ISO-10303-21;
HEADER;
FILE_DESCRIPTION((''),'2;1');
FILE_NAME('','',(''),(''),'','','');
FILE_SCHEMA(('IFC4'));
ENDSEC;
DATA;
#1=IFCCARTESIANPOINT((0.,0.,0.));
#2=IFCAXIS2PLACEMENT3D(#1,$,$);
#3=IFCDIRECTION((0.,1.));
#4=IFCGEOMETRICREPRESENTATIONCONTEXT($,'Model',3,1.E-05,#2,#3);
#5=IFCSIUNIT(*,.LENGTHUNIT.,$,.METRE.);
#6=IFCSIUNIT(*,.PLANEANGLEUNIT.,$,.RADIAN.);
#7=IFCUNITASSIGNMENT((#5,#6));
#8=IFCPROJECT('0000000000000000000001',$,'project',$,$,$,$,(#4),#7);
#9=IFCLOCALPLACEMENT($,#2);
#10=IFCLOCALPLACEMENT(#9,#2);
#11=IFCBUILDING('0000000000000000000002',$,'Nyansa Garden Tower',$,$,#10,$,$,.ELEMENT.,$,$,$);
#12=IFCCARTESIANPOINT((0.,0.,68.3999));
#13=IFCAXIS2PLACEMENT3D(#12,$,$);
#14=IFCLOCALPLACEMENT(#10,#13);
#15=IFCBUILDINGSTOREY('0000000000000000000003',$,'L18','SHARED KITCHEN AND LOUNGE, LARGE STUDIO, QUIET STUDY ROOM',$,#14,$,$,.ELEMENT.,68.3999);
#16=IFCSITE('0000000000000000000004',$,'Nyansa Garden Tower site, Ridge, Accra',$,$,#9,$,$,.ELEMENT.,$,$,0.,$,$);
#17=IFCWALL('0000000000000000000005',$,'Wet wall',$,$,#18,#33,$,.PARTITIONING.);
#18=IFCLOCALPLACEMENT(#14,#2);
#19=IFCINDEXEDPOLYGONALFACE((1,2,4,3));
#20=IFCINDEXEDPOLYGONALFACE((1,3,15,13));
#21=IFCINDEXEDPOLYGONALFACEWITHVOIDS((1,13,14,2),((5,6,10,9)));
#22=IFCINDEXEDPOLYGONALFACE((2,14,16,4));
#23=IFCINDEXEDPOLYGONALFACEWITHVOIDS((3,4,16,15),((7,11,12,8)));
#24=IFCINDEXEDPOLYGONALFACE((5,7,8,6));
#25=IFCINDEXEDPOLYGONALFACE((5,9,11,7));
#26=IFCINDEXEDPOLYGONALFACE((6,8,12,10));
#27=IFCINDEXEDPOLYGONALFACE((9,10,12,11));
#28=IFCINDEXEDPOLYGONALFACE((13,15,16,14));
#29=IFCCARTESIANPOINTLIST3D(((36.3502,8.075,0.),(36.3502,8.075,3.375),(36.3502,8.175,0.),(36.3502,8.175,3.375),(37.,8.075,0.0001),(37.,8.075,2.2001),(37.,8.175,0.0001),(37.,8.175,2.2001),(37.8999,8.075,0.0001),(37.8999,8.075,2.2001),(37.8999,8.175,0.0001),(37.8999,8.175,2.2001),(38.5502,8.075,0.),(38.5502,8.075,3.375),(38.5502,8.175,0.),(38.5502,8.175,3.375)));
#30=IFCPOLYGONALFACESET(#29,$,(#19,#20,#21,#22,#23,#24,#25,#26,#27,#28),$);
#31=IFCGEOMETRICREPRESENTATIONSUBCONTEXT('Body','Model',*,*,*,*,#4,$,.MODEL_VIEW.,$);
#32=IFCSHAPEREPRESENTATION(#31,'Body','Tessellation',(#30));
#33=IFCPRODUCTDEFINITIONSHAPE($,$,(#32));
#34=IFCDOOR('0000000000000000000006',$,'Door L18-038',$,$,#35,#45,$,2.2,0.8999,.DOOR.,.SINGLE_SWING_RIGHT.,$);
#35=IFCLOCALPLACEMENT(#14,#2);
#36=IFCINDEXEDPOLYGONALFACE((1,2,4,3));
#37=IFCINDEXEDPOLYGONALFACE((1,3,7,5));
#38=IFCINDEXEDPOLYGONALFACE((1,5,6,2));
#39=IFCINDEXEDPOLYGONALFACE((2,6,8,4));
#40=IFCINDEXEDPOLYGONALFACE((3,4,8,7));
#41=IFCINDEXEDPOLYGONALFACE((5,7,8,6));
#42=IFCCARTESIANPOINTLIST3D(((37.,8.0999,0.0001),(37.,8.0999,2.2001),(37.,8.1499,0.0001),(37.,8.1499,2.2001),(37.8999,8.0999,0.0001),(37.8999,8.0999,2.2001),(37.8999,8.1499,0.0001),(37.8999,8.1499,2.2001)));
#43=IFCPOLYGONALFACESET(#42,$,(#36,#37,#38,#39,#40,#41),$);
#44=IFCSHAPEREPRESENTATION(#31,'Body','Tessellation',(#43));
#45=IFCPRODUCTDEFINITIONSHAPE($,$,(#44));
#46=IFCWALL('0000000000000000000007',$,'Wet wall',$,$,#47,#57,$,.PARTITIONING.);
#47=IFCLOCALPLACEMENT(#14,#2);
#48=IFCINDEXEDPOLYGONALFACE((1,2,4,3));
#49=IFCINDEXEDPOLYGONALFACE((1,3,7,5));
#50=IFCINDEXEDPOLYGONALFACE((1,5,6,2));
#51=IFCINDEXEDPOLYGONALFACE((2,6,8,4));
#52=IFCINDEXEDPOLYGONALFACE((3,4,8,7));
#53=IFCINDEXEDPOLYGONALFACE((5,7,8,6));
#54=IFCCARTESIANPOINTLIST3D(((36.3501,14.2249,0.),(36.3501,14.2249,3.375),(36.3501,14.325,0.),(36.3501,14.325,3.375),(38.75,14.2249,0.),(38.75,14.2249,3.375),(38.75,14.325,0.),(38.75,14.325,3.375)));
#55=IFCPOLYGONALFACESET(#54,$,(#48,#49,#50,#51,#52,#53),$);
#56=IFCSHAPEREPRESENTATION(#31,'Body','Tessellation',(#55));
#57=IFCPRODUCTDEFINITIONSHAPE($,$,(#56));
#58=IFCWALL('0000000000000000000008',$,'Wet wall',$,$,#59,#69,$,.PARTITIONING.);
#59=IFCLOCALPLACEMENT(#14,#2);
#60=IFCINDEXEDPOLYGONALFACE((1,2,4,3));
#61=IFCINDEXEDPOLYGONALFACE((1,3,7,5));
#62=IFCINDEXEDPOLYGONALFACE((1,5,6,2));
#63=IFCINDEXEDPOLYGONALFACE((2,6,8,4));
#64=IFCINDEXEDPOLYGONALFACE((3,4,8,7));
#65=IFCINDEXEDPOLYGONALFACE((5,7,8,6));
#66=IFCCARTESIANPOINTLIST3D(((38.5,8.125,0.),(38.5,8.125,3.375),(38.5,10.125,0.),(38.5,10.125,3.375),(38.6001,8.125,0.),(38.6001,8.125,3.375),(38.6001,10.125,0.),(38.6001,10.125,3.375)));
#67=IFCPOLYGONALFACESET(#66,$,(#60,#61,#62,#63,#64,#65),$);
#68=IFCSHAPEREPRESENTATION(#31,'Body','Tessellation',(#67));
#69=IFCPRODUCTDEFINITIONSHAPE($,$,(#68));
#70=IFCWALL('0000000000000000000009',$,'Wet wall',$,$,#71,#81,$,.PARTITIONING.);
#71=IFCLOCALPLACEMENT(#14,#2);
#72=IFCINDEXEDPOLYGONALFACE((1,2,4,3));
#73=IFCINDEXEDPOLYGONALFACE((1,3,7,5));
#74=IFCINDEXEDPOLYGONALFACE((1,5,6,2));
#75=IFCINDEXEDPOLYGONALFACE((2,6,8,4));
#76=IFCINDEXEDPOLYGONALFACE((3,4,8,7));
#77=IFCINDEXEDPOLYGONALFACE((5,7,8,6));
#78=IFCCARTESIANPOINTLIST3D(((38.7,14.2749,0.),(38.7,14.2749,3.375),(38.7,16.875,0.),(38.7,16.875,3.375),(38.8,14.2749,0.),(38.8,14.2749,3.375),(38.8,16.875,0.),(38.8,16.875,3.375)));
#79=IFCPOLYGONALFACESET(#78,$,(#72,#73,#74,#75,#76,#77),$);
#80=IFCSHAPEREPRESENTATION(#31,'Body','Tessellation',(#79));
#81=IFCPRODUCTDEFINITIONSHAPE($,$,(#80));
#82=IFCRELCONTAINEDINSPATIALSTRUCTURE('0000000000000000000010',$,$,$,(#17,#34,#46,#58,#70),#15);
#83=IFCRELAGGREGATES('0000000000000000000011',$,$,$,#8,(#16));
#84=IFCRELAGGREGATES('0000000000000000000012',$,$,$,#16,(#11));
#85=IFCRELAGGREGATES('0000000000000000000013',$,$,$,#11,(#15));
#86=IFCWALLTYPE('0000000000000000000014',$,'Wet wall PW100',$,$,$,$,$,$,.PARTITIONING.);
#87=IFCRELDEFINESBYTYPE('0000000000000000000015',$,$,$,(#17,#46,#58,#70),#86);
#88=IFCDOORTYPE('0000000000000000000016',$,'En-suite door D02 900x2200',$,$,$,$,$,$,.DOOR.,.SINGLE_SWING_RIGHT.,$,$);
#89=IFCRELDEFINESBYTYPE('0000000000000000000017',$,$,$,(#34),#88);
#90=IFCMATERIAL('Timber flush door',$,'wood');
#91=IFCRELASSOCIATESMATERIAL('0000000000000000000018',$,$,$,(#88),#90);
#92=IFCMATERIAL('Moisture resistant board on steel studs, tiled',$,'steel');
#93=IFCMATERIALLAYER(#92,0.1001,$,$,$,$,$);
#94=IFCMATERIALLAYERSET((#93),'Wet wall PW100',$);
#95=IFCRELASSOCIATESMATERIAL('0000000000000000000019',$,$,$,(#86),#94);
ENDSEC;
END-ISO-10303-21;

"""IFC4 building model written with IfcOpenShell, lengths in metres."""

from ifc_helpers import new_model, si_unit, direction, frame, frame_2d, origin, place, context, subcontext, project, spatial, rectangle, extrude, material, layer, layer_set, type_object, element, fill, save


model = new_model("IFC4")

# Units and contexts
model_context = context("Model", 3, precision=1e-05, world=origin(), true_north=direction((0.0, 1.0)))
body_context = subcontext(model_context, "Body", "Model", "MODEL_VIEW")
ifc_project = project(units=[si_unit("LENGTHUNIT", "METRE"), si_unit("PLANEANGLEUNIT", "RADIAN")], contexts=[model_context])

# Site, building, storey
site_placement = place(None, origin())
site = spatial("IfcSite", under=ifc_project, at=site_placement, Name="Nyansa Garden Tower site, Ridge, Accra", CompositionType="ELEMENT", RefElevation=0.0)
building_placement = place(site_placement, origin())
building = spatial("IfcBuilding", under=site, at=building_placement, Name="Nyansa Garden Tower", CompositionType="ELEMENT")
storey_placement = place(building_placement, frame((0.0, 0.0, 68.3999)))
storey = spatial("IfcBuildingStorey", under=building, at=storey_placement, Name="L18", Description="SHARED KITCHEN AND LOUNGE, LARGE STUDIO, QUIET STUDY ROOM", CompositionType="ELEMENT", Elevation=68.3999)

# Shared definitions
ifc_material_1 = material(Name="Timber flush door", Category="wood")
door_type_1 = type_object("IfcDoorType", Name="En-suite door D02 900x2200", OperationType="SINGLE_SWING_RIGHT", PredefinedType="DOOR", material=ifc_material_1)

# Wall, opening, door
ifc_material_2 = material(Name="Moisture resistant board on steel studs, tiled", Category="steel")
ifc_layer_1 = layer(ifc_material_2, 0.1001)
ifc_layer_set_1 = layer_set([ifc_layer_1], Name="Wet wall PW100")
wall_type_1 = type_object("IfcWallType", Name="Wet wall PW100", PredefinedType="PARTITIONING", material=ifc_layer_set_1)
wall_1_placement = place(storey_placement, frame((36.3501, 8.125, 0.0), z_axis=(0.0, 0.0, 1.0), x_axis=(1.0, 0.0, 0.0)))
wall_1 = element("IfcWall", 1, at=wall_1_placement, inside=storey, type_object=wall_type_1, Name="Wet wall", PredefinedType="PARTITIONING", context=body_context, shape_type="SweptSolid", body=[
    extrude(rectangle(XDim=2.2, YDim=0.1001, at=frame_2d((1.1001, 0.0))), origin(), (0.0, 0.0, 1.0), 3.375),
])
opening_1_placement = place(wall_1_placement, frame((0.6499, 0.0, 0.0)))
opening_1 = element("IfcOpeningElement", 2, at=opening_1_placement, cuts=wall_1, PredefinedType="OPENING", context=body_context, shape_type="SweptSolid", body=[
    extrude(rectangle(XDim=0.8999, YDim=2.2, at=frame_2d((0.45, 1.1001))), frame((0.0, 0.0601, 0.0), z_axis=(0.0, -1.0, 0.0), x_axis=(1.0, 0.0, 0.0)), (0.0, 0.0, 1.0), 0.1201),
])
door_1_placement = place(opening_1_placement, origin())
door_1 = element("IfcDoor", 3, at=door_1_placement, inside=storey, type_object=door_type_1, Name="Door L18-038", OperationType="SINGLE_SWING_RIGHT", OverallHeight=2.2, OverallWidth=0.8999, PredefinedType="DOOR", context=body_context, shape_type="SweptSolid", body=[
    extrude(rectangle(XDim=0.8999, YDim=2.2, at=frame_2d((0.45, 1.1001))), frame((0.0, 0.0249, 0.0), z_axis=(0.0, -1.0, 0.0), x_axis=(1.0, 0.0, 0.0)), (0.0, 0.0, 1.0), 0.05),
])
fill(opening_1, door_1)

# Walls
wall_2_placement = place(storey_placement, frame((36.3501, 14.2749, 0.0), z_axis=(0.0, 0.0, 1.0), x_axis=(1.0, 0.0, 0.0)))
element("IfcWall", 4, at=wall_2_placement, inside=storey, type_object=wall_type_1, Name="Wet wall", PredefinedType="PARTITIONING", context=body_context, shape_type="SweptSolid", body=[
    extrude(rectangle(XDim=2.3999, YDim=0.1001, at=frame_2d((1.2, 0.0))), origin(), (0.0, 0.0, 1.0), 3.375),
])
wall_3_placement = place(storey_placement, frame((38.55, 8.125, 0.0), z_axis=(0.0, 0.0, 1.0), x_axis=(0.0, 1.0, 0.0)))
element("IfcWall", 5, at=wall_3_placement, inside=storey, type_object=wall_type_1, Name="Wet wall", PredefinedType="PARTITIONING", context=body_context, shape_type="SweptSolid", body=[
    extrude(rectangle(XDim=2.0, YDim=0.1001, at=frame_2d((1.0, 0.0))), origin(), (0.0, 0.0, 1.0), 3.375),
])
wall_4_placement = place(storey_placement, frame((38.75, 14.2749, 0.0), z_axis=(0.0, 0.0, 1.0), x_axis=(0.0, 1.0, 0.0)))
element("IfcWall", 6, at=wall_4_placement, inside=storey, type_object=wall_type_1, Name="Wet wall", PredefinedType="PARTITIONING", context=body_context, shape_type="SweptSolid", body=[
    extrude(rectangle(XDim=2.6001, YDim=0.1001, at=frame_2d((1.3, 0.0))), origin(), (0.0, 0.0, 1.0), 3.375),
])

save(model, "model.ifc")
